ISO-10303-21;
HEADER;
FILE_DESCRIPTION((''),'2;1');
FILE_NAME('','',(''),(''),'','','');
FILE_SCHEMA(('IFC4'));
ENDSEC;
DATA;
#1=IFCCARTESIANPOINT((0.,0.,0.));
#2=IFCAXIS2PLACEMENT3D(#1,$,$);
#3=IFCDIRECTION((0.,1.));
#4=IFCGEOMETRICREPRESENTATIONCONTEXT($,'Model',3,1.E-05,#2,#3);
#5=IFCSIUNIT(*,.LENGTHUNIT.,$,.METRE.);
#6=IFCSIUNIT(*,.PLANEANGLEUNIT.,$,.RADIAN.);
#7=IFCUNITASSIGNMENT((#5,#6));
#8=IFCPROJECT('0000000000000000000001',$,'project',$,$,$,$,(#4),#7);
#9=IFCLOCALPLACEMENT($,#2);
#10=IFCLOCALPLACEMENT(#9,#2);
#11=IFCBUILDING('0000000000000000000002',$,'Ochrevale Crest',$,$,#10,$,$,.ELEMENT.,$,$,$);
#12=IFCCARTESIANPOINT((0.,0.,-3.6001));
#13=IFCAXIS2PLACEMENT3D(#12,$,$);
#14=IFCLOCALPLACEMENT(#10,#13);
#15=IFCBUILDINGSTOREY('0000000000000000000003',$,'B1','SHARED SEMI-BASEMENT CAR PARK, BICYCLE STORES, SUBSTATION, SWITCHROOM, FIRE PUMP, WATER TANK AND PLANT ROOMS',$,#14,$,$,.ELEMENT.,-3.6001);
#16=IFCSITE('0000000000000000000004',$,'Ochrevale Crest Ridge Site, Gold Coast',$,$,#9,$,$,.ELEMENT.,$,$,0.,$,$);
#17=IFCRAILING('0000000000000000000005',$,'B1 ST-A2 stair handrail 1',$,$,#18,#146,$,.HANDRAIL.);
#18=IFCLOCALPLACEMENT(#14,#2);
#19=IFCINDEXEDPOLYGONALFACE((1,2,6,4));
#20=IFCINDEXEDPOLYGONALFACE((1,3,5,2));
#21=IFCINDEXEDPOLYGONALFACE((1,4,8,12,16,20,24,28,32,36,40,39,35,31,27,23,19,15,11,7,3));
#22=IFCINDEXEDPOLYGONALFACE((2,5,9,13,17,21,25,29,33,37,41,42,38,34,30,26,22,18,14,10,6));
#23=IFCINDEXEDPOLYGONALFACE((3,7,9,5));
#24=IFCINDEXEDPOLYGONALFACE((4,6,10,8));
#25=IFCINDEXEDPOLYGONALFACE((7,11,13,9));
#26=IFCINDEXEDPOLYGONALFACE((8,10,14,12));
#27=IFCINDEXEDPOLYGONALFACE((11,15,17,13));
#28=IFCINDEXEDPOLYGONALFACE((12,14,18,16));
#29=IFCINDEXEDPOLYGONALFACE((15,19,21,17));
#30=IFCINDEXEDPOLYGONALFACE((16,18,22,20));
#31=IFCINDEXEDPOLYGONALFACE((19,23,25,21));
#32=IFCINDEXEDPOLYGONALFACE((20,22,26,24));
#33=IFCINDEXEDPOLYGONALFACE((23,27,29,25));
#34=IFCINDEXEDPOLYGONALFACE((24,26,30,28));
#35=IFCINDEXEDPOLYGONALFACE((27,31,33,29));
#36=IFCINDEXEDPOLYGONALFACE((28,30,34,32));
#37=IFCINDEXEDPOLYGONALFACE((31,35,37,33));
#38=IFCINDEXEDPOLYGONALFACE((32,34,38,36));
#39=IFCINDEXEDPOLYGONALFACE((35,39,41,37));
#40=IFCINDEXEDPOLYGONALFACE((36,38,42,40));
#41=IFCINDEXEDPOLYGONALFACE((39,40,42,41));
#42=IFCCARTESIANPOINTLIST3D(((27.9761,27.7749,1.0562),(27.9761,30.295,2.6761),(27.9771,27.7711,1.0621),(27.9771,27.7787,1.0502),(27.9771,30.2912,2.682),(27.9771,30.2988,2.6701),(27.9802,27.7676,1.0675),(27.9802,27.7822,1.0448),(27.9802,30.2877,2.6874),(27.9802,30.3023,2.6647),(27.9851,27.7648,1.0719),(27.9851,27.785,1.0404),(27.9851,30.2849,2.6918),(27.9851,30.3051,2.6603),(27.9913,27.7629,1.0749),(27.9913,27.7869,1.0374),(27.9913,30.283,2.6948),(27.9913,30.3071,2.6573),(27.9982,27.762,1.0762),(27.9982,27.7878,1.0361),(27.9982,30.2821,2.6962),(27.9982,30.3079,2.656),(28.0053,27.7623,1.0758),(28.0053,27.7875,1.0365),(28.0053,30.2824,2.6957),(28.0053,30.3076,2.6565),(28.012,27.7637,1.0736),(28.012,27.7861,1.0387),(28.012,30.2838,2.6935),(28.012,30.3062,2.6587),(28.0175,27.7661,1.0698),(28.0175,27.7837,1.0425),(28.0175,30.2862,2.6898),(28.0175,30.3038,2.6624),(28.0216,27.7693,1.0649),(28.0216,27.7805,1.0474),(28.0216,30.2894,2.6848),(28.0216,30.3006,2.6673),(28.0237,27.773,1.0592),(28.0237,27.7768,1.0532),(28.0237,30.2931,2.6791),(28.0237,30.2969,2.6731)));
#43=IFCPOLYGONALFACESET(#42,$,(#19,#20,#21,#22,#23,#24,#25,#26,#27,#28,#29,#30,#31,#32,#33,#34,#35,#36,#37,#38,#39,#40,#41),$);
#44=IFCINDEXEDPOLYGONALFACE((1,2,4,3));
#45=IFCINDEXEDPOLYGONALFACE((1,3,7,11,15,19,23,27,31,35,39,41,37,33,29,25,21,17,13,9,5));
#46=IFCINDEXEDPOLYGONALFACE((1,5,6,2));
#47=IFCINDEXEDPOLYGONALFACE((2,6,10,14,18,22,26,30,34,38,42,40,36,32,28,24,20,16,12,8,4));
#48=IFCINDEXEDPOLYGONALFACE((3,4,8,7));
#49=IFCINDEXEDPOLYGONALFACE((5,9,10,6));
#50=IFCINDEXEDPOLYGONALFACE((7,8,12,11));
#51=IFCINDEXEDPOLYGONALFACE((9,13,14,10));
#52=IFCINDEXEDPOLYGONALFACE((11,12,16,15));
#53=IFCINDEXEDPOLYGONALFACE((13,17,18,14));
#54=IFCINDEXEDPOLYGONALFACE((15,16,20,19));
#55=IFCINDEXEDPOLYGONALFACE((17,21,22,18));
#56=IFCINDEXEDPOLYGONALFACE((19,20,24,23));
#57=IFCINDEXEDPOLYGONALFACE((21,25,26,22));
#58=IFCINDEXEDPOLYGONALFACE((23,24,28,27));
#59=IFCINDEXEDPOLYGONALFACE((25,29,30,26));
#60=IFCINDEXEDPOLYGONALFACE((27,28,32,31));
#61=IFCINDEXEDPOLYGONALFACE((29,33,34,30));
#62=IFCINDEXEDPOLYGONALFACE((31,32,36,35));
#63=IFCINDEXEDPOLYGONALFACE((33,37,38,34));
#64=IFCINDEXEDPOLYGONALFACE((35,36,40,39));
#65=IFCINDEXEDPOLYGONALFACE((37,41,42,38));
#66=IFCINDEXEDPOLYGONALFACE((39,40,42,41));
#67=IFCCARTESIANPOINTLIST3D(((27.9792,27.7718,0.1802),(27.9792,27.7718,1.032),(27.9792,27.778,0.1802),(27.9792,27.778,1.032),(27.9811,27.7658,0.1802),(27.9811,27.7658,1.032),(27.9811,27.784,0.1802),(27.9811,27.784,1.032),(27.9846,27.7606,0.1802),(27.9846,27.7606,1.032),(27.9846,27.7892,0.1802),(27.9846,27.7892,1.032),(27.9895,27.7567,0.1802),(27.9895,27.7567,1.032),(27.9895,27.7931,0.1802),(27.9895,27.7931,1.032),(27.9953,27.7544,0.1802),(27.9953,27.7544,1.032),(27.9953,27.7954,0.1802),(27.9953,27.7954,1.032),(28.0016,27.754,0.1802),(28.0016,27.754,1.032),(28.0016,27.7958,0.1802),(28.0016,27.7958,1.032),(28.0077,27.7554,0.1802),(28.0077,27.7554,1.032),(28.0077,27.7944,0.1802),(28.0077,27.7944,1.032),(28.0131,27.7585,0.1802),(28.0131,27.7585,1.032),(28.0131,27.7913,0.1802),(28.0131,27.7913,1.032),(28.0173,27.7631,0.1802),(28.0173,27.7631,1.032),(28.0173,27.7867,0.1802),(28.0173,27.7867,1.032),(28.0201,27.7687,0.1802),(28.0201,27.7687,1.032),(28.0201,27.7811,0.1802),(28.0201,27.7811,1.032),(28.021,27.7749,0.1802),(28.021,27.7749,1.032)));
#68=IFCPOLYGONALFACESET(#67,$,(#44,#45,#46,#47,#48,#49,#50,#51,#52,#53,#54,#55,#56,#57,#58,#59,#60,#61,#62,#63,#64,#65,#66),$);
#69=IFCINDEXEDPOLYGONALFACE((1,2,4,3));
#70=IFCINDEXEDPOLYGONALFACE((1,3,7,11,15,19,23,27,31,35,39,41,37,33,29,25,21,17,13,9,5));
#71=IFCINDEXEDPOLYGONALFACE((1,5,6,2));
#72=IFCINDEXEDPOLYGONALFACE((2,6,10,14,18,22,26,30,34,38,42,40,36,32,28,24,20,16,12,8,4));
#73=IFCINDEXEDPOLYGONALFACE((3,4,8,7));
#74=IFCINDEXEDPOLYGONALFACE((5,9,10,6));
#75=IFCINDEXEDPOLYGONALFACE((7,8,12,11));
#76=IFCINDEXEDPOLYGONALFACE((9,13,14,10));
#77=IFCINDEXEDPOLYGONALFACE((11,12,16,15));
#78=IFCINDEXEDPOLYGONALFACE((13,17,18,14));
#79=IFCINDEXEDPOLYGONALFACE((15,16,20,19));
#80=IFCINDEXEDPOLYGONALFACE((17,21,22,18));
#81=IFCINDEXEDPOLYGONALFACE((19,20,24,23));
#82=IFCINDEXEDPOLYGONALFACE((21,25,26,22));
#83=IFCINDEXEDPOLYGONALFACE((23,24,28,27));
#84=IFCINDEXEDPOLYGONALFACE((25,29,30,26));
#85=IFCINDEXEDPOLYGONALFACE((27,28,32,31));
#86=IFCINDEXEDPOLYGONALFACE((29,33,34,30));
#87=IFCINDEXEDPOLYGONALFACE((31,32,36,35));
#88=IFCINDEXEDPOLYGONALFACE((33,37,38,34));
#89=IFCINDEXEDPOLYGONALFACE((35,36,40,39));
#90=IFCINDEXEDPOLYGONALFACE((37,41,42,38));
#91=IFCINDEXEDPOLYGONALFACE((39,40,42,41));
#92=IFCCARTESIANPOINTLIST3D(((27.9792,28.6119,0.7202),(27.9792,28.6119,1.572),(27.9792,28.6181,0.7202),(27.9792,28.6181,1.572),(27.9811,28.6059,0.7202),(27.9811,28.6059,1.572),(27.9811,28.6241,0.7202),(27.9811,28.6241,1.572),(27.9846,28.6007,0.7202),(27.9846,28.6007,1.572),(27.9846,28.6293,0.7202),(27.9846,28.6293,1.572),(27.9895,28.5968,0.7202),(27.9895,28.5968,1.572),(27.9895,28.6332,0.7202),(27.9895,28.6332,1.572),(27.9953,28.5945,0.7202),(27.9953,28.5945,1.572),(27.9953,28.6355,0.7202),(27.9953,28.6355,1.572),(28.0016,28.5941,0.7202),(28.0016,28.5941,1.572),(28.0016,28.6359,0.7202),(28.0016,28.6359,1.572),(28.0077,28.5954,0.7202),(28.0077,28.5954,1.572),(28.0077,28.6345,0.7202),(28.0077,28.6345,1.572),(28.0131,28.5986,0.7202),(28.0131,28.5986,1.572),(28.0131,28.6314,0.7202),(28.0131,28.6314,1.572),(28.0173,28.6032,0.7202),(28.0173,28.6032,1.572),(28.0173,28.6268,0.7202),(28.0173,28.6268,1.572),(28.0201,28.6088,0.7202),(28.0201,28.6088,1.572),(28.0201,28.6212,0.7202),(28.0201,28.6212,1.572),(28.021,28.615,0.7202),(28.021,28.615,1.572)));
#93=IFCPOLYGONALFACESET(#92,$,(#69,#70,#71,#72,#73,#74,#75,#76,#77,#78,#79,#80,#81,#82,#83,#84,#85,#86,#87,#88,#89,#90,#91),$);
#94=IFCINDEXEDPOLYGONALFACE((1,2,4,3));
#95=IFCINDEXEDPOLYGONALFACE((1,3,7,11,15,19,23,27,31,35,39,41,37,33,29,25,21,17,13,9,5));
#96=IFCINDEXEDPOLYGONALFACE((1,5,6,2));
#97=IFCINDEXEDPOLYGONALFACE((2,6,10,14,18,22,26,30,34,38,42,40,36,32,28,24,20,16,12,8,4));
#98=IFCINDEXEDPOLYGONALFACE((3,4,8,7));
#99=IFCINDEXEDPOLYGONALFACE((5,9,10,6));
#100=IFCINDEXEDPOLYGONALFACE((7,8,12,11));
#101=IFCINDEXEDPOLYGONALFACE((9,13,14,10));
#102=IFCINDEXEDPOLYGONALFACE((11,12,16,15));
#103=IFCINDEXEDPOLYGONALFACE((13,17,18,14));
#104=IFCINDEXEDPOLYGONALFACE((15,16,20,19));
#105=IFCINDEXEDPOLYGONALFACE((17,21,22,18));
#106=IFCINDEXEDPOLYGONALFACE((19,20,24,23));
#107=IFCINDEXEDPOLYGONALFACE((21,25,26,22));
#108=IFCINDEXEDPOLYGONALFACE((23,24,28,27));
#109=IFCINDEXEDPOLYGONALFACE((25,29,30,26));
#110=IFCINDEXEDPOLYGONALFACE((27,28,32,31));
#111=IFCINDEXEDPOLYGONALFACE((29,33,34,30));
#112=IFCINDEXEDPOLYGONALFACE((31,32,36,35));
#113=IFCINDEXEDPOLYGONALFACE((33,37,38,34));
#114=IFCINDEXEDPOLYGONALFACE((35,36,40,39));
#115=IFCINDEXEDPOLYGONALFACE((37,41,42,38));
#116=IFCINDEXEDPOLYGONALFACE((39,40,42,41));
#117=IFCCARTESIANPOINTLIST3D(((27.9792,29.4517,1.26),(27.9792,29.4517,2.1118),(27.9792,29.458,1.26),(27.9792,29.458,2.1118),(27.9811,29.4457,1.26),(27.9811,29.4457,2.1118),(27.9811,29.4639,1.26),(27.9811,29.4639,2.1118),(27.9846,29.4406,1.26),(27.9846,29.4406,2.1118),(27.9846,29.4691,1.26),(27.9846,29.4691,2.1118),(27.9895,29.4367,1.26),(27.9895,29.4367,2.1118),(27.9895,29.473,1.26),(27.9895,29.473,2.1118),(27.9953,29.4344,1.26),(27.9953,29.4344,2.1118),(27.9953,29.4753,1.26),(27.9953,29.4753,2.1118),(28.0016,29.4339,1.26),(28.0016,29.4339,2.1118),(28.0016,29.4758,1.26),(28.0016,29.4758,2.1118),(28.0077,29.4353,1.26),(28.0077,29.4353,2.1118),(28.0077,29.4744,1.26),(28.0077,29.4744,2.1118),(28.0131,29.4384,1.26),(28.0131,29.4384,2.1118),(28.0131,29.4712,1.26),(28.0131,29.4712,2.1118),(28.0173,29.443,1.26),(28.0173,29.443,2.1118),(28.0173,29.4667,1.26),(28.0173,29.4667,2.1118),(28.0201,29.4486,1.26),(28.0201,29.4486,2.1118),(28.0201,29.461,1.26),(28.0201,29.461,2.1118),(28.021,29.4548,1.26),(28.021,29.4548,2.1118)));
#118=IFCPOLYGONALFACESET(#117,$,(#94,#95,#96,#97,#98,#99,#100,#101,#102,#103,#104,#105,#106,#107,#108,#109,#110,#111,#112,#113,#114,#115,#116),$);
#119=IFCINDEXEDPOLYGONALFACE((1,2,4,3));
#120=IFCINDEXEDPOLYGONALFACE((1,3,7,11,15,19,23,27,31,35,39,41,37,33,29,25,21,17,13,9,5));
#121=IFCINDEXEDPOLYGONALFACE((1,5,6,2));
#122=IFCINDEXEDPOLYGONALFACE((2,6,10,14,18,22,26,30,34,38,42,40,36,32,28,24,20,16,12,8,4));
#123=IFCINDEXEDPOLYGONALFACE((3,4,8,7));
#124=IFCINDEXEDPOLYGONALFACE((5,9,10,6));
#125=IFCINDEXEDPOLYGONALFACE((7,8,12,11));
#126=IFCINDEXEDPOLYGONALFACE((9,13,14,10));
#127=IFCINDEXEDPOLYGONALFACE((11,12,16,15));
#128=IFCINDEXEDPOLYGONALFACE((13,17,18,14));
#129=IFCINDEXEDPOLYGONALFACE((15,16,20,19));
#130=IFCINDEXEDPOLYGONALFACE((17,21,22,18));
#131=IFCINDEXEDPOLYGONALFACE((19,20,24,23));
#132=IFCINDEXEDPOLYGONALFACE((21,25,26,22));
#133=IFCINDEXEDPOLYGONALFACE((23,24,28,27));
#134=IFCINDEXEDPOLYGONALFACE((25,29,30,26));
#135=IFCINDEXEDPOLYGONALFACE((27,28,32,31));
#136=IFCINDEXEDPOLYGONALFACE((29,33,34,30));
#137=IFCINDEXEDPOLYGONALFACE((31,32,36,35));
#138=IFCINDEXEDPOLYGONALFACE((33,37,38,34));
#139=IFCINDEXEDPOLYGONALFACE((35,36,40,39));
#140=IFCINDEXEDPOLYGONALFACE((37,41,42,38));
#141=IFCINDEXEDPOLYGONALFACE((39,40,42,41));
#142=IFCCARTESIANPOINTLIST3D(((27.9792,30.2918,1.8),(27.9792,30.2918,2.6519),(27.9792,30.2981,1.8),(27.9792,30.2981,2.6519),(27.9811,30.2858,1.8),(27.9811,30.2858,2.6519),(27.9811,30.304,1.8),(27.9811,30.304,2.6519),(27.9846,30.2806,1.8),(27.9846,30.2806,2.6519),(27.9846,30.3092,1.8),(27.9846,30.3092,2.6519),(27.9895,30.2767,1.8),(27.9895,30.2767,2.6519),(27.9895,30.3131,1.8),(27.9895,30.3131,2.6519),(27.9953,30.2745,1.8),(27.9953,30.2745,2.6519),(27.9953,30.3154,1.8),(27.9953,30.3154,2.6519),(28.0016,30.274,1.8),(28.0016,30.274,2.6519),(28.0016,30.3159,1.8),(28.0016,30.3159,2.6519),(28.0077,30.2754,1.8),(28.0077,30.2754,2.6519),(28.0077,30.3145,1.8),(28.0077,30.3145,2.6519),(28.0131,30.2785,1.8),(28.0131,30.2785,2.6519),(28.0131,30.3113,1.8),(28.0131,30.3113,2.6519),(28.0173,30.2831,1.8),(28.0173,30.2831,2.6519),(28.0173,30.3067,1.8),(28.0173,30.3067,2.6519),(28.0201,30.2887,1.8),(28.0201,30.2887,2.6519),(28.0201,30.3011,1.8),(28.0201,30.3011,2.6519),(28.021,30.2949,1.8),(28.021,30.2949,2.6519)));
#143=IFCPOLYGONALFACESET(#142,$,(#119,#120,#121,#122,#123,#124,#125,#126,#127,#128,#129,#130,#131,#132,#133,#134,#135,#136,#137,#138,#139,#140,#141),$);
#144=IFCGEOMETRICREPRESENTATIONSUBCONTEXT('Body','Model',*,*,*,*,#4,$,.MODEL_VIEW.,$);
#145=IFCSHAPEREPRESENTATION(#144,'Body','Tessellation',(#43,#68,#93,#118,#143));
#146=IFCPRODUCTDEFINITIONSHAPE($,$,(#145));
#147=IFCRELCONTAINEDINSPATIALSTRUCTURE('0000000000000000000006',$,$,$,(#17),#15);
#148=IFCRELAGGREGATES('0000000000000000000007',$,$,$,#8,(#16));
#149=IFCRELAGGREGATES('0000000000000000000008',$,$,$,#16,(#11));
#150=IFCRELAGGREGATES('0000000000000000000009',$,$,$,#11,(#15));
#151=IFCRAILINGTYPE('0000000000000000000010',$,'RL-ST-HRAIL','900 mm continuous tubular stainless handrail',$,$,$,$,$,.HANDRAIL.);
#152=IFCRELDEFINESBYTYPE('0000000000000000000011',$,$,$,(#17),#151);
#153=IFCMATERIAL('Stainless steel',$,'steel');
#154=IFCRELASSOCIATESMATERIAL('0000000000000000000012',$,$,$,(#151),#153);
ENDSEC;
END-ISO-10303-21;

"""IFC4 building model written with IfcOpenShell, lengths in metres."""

from ifc_helpers import new_model, si_unit, direction, frame, origin, origin_2d, place, context, subcontext, project, spatial, circle, extrude, material, type_object, element, save


model = new_model("IFC4")

# Units and contexts
model_context = context("Model", 3, precision=1e-05, world=origin(), true_north=direction((0.0, 1.0)))
body_context = subcontext(model_context, "Body", "Model", "MODEL_VIEW")
ifc_project = project(units=[si_unit("LENGTHUNIT", "METRE"), si_unit("PLANEANGLEUNIT", "RADIAN")], contexts=[model_context])

# Site, building, storey
site_placement = place(None, origin())
site = spatial("IfcSite", under=ifc_project, at=site_placement, Name="Ochrevale Crest Ridge Site, Gold Coast", CompositionType="ELEMENT", RefElevation=0.0)
building_placement = place(site_placement, origin())
building = spatial("IfcBuilding", under=site, at=building_placement, Name="Ochrevale Crest", CompositionType="ELEMENT")
storey_placement = place(building_placement, frame((0.0, 0.0, -3.6001)))
storey = spatial("IfcBuildingStorey", under=building, at=storey_placement, Name="B1", Description="SHARED SEMI-BASEMENT CAR PARK, BICYCLE STORES, SUBSTATION, SWITCHROOM, FIRE PUMP, WATER TANK AND PLANT ROOMS", CompositionType="ELEMENT", Elevation=-3.6001)

# Railing
ifc_material_1 = material(Name="Stainless steel", Category="steel")
railing_type_1 = type_object("IfcRailingType", Name="RL-ST-HRAIL", Description="900 mm continuous tubular stainless handrail", PredefinedType="HANDRAIL", material=ifc_material_1)
railing_1_placement = place(storey_placement, frame((28.0, 27.7749, 0.1802)))
element("IfcRailing", 1, at=railing_1_placement, inside=storey, type_object=railing_type_1, Name="B1 ST-A2 stair handrail 1", PredefinedType="HANDRAIL", context=body_context, shape_type="SweptSolid", body=[
    extrude(circle(Radius=0.0239, at=origin_2d()), frame((0.0, 0.0, 0.876), z_axis=(0.0, 0.8412, 0.540725), x_axis=(-1.0, 0.0, 0.0)), (0.0, 0.0, 1.0), 2.9958),
    extrude(circle(Radius=0.021, at=origin_2d()), origin(), (0.0, 0.0, 1.0), 0.8518),
    extrude(circle(Radius=0.021, at=origin_2d()), frame((0.0, 0.8401, 0.54)), (0.0, 0.0, 1.0), 0.8518),
    extrude(circle(Radius=0.021, at=origin_2d()), frame((0.0, 1.6799, 1.0798)), (0.0, 0.0, 1.0), 0.8518),
    extrude(circle(Radius=0.021, at=origin_2d()), frame((0.0, 2.52, 1.6199)), (0.0, 0.0, 1.0), 0.8518),
])

save(model, "model.ifc")
